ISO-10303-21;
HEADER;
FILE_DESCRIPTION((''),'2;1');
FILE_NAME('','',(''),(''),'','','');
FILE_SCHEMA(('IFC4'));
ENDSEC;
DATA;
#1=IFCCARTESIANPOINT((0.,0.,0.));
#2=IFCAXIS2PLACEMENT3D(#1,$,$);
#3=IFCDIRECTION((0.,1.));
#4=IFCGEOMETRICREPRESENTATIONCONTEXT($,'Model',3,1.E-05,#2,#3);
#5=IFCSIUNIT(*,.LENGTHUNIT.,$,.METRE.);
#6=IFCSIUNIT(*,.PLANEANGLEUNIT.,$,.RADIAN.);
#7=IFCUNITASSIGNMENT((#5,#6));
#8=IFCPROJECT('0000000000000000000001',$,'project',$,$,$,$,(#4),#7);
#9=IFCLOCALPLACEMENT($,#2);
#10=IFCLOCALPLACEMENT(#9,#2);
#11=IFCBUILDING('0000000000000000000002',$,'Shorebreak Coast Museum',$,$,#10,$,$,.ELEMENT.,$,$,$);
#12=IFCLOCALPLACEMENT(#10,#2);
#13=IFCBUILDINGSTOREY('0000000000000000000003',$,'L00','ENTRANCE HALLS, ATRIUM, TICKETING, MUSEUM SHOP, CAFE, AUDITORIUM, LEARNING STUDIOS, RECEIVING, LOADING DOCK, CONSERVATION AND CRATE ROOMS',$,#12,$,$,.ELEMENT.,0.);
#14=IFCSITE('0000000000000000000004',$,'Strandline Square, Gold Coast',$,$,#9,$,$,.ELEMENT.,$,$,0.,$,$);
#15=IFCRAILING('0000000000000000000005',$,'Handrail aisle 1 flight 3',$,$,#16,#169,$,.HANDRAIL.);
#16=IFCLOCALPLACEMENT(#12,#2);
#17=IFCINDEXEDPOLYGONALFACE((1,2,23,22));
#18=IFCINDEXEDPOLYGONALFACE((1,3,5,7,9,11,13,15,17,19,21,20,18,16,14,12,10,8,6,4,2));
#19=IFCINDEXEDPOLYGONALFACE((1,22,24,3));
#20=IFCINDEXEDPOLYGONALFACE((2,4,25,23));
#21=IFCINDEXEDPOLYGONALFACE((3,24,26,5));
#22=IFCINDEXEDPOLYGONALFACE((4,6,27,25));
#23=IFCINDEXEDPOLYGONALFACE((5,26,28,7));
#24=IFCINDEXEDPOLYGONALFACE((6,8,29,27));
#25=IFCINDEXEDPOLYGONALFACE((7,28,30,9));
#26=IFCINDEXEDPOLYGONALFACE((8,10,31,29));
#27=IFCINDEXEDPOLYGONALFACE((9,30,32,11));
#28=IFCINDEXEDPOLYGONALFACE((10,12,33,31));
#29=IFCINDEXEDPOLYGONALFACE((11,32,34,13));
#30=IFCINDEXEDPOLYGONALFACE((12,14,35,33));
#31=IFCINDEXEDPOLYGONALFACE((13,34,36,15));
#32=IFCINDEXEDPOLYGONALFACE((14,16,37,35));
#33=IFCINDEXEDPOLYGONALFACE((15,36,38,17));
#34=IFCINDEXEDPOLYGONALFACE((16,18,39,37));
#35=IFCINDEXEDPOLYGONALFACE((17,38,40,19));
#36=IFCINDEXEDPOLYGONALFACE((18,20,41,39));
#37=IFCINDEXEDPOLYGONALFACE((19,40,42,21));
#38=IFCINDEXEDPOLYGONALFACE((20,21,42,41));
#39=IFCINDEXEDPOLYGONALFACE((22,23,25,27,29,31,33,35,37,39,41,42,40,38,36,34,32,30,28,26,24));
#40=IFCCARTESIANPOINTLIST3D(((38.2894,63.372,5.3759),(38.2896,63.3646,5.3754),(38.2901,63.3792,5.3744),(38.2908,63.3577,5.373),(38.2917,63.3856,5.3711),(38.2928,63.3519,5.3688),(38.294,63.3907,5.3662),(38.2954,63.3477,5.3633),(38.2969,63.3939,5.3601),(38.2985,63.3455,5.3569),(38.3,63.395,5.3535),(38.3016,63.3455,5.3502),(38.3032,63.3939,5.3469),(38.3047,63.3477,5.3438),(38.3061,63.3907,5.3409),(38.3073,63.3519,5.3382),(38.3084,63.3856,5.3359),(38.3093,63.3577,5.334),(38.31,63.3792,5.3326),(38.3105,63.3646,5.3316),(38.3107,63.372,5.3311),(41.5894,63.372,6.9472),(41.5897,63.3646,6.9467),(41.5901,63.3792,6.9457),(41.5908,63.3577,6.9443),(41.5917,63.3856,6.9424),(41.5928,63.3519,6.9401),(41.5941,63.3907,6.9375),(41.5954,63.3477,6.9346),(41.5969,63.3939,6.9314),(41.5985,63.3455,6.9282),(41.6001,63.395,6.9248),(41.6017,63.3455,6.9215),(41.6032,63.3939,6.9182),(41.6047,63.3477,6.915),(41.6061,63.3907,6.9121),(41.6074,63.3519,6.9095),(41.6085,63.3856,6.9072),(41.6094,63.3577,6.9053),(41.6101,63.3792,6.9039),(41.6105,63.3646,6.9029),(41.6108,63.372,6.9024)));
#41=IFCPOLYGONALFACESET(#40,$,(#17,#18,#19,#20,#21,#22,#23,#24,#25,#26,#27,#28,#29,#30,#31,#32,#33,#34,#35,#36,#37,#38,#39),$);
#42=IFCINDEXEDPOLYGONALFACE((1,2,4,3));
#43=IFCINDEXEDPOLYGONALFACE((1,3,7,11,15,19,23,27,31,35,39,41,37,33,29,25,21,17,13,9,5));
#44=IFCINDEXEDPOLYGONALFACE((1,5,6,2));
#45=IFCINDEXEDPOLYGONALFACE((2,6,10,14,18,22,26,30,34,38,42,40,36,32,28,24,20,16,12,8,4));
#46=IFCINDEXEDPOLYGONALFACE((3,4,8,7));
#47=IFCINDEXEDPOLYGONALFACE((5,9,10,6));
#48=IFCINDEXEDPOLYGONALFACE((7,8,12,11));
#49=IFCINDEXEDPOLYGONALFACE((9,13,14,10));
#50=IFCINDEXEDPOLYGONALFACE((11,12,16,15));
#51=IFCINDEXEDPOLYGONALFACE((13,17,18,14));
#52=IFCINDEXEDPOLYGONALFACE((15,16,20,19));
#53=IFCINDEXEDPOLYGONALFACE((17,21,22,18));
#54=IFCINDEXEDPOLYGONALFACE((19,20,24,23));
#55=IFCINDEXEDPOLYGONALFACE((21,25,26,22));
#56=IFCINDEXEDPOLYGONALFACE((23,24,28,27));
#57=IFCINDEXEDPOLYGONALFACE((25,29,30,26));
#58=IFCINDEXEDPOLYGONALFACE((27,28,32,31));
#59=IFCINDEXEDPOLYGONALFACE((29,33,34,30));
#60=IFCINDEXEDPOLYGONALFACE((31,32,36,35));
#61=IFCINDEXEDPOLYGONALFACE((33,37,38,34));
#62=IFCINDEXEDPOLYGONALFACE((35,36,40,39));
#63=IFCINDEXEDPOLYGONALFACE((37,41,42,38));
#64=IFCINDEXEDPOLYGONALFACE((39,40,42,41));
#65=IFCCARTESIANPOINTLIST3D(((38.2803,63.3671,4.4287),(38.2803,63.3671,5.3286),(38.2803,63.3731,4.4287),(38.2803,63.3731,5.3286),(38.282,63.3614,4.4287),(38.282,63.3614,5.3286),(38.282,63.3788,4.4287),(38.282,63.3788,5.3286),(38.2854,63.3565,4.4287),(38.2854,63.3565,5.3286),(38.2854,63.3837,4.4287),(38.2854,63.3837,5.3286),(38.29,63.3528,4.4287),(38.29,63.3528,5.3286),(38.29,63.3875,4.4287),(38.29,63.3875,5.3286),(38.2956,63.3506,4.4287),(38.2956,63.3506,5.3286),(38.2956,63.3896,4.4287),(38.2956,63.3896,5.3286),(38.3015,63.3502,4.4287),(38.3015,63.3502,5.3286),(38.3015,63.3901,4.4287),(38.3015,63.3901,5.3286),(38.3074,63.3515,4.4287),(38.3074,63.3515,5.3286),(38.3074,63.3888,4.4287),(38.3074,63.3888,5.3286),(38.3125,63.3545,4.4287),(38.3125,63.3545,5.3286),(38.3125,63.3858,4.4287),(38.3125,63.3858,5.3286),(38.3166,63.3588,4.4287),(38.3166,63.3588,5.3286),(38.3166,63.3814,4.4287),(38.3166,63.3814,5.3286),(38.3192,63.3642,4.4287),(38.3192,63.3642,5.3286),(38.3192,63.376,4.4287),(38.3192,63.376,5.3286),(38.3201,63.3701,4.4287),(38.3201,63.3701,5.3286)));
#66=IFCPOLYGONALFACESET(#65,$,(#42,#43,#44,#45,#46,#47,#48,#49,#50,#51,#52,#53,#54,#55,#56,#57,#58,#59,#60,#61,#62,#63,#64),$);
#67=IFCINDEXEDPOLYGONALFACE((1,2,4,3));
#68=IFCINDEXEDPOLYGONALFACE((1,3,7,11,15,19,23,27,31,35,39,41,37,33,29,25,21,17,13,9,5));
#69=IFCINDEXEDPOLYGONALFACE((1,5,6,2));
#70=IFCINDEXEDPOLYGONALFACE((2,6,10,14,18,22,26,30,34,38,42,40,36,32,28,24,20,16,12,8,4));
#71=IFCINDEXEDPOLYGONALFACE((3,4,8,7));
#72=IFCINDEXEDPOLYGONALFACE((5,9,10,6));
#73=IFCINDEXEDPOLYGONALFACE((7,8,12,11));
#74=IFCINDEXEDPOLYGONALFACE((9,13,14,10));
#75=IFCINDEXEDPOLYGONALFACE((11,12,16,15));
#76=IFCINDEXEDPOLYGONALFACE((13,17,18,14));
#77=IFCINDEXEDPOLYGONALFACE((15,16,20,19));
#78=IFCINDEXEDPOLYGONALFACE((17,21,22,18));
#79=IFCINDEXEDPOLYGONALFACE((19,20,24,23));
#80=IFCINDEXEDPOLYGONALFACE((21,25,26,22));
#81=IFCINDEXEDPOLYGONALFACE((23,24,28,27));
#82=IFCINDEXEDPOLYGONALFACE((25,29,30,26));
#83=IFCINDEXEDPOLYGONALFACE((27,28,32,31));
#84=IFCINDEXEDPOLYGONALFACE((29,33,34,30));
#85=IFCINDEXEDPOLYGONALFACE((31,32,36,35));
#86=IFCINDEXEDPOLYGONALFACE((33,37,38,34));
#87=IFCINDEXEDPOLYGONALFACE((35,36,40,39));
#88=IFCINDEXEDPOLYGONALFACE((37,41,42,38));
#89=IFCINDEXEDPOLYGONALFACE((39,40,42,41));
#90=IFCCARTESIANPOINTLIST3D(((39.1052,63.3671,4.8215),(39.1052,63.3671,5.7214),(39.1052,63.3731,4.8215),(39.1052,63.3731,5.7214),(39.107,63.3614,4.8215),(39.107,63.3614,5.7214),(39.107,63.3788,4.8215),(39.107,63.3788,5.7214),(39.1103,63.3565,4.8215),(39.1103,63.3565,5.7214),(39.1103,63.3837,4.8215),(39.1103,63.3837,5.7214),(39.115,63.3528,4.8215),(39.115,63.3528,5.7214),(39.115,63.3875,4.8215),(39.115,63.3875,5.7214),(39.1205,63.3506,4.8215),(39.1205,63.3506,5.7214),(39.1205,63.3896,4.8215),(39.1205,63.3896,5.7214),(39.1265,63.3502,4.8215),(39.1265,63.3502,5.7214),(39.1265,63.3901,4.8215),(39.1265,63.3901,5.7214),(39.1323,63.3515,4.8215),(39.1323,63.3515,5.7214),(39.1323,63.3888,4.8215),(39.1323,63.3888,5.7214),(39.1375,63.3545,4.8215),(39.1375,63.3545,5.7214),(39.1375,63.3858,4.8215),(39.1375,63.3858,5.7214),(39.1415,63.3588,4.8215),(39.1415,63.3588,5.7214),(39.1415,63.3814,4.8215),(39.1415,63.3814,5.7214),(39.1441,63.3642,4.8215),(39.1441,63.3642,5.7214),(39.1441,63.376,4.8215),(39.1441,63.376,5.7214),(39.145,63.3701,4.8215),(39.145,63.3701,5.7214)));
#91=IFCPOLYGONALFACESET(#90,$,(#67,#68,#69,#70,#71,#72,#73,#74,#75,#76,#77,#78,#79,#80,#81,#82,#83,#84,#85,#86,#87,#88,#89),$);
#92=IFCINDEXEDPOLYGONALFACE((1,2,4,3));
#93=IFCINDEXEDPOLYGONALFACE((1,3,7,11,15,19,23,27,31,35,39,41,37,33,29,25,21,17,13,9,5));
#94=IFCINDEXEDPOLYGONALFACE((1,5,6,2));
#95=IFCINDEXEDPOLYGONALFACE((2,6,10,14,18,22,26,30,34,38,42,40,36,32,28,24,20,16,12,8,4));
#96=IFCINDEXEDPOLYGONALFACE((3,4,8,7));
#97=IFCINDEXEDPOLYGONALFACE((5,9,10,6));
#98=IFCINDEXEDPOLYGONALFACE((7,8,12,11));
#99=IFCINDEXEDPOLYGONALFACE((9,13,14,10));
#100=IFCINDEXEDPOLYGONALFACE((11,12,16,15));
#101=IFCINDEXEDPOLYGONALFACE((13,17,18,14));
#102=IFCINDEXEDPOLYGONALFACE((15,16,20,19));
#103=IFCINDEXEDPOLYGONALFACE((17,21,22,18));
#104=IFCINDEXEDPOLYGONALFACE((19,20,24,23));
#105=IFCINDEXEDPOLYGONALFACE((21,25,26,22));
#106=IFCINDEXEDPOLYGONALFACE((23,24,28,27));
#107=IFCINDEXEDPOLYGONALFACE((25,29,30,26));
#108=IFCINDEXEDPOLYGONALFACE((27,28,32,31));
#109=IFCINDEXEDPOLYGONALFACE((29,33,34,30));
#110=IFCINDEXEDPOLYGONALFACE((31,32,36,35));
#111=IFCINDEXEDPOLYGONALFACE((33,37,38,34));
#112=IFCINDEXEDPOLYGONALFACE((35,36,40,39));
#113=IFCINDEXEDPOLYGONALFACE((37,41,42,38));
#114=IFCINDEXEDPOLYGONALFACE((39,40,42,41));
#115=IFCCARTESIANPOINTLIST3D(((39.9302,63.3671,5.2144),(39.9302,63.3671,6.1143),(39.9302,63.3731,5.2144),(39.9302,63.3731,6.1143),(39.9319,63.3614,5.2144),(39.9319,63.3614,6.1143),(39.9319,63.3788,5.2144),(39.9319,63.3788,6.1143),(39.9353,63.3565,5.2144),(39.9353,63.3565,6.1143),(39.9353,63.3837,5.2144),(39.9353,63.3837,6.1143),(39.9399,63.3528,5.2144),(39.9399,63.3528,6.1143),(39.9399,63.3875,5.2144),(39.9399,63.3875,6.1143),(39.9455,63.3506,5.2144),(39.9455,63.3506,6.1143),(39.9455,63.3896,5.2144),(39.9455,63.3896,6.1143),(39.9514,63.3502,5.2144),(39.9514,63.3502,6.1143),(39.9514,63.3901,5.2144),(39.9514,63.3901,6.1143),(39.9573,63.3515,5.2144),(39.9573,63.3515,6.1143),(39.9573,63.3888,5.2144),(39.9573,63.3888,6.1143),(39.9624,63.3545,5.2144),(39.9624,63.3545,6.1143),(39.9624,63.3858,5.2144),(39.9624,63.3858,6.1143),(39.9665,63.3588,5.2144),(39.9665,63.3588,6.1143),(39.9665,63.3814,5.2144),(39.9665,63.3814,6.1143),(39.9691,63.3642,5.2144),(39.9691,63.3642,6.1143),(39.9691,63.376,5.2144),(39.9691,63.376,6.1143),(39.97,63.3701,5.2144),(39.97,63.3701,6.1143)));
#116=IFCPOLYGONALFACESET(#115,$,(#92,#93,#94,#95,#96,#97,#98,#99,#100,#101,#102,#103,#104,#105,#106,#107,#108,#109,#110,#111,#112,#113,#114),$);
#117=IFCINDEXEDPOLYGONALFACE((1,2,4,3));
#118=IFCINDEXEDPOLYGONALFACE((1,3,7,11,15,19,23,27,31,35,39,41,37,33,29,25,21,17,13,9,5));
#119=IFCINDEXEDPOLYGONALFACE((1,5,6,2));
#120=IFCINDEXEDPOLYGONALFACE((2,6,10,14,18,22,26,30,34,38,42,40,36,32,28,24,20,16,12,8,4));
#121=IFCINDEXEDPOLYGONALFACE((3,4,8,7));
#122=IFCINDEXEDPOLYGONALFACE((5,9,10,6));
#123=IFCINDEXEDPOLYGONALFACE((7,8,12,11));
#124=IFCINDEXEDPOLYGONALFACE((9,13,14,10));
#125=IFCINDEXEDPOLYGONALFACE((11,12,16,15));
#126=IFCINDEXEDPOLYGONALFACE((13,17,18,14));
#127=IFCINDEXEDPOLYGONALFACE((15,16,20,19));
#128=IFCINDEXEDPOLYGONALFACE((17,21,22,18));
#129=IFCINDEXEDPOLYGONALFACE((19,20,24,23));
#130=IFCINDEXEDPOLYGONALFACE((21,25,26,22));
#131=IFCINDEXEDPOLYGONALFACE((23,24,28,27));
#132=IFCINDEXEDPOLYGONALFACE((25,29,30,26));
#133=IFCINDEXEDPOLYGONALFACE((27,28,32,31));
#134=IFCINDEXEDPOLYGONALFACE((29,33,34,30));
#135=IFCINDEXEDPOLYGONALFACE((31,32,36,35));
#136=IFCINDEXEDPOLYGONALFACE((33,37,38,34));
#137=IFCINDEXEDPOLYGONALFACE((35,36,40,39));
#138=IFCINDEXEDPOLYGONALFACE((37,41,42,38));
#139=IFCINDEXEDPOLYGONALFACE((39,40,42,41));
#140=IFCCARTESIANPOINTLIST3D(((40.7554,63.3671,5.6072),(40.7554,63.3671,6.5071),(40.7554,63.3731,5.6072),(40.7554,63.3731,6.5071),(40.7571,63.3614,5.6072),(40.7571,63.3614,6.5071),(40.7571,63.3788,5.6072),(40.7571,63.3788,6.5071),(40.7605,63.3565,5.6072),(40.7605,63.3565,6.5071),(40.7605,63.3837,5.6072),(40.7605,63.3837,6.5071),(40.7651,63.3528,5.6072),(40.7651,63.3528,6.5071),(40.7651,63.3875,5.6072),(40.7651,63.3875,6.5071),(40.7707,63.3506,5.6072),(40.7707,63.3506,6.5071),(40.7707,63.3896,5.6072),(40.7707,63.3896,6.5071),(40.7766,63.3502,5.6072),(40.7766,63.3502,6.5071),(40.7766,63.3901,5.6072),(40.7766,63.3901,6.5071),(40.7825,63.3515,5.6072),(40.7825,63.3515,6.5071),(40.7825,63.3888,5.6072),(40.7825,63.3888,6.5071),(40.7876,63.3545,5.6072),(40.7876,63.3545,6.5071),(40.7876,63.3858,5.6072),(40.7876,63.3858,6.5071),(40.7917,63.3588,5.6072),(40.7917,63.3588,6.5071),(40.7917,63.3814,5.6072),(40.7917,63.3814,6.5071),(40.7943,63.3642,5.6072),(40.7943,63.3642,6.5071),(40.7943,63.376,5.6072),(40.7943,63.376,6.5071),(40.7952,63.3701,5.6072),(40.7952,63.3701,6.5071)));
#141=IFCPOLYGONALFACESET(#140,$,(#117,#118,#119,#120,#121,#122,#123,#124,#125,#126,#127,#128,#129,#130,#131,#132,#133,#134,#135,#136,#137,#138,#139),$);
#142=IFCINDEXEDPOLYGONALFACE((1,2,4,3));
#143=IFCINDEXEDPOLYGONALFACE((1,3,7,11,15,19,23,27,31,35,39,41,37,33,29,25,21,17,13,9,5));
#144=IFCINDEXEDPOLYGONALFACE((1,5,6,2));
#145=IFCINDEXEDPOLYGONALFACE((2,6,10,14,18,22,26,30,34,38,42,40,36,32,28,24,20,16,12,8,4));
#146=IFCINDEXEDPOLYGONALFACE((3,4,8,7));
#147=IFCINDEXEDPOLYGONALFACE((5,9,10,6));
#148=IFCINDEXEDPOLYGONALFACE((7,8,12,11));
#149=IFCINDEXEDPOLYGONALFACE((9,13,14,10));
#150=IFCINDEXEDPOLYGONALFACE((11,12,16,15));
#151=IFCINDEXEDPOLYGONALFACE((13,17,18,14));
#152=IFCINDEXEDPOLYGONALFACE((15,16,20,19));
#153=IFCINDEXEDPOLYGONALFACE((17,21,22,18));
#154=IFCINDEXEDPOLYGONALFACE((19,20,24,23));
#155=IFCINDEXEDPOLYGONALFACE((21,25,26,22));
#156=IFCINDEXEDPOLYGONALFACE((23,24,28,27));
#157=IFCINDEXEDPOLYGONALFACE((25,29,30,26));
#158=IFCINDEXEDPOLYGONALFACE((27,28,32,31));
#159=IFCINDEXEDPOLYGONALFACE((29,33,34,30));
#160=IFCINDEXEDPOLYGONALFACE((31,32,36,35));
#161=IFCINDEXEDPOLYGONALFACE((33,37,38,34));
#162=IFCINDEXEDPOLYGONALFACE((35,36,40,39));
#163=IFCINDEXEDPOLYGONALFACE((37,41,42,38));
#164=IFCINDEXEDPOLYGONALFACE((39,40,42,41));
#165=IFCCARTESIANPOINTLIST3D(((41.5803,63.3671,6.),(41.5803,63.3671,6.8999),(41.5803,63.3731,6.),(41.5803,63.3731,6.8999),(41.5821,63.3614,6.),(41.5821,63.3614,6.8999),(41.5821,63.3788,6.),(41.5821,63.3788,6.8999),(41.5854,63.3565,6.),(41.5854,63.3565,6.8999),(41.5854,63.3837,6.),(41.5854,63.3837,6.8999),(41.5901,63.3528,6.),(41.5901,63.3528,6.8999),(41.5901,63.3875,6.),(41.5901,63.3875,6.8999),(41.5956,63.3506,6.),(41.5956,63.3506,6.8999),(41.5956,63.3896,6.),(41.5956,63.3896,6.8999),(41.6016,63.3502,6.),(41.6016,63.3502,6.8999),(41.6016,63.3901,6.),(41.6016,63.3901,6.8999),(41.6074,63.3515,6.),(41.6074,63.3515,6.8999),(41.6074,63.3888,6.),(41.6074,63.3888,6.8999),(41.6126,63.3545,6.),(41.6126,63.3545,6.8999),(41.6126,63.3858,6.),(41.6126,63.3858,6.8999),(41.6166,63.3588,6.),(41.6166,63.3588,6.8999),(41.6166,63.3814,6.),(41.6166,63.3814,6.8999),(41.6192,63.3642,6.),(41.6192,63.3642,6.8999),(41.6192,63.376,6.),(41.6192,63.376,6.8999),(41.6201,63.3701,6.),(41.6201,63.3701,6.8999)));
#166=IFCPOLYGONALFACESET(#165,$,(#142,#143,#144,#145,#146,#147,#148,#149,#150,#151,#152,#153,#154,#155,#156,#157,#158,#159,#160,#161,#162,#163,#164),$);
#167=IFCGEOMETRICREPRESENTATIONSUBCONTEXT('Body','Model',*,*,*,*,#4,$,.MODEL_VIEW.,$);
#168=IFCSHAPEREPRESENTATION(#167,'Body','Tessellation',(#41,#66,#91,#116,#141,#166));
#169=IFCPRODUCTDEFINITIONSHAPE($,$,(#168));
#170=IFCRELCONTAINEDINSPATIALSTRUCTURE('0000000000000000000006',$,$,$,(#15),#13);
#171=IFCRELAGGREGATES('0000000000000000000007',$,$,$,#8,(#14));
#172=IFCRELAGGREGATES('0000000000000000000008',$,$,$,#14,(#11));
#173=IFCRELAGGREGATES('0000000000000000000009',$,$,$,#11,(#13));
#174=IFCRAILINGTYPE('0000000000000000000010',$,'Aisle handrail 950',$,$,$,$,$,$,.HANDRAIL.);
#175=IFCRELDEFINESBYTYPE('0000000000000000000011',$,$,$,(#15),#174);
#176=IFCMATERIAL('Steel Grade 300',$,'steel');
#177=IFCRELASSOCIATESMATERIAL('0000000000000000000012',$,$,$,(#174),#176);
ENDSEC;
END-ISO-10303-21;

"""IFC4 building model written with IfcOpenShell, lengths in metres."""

from ifc_helpers import new_model, si_unit, direction, frame, origin, origin_2d, place, context, subcontext, project, spatial, circle, extrude, material, type_object, element, save


model = new_model("IFC4")

# Units and contexts
model_context = context("Model", 3, precision=1e-05, world=origin(), true_north=direction((0.0, 1.0)))
body_context = subcontext(model_context, "Body", "Model", "MODEL_VIEW")
ifc_project = project(units=[si_unit("LENGTHUNIT", "METRE"), si_unit("PLANEANGLEUNIT", "RADIAN")], contexts=[model_context])

# Site, building, storey
site_placement = place(None, origin())
site = spatial("IfcSite", under=ifc_project, at=site_placement, Name="Strandline Square, Gold Coast", CompositionType="ELEMENT", RefElevation=0.0)
building_placement = place(site_placement, origin())
building = spatial("IfcBuilding", under=site, at=building_placement, Name="Shorebreak Coast Museum", CompositionType="ELEMENT")
storey_placement = place(building_placement, origin())
storey = spatial("IfcBuildingStorey", under=building, at=storey_placement, Name="L00", Description="ENTRANCE HALLS, ATRIUM, TICKETING, MUSEUM SHOP, CAFE, AUDITORIUM, LEARNING STUDIOS, RECEIVING, LOADING DOCK, CONSERVATION AND CRATE ROOMS", CompositionType="ELEMENT", Elevation=0.0)

# Railing
ifc_material_1 = material(Name="Steel Grade 300", Category="steel")
railing_type = type_object("IfcRailingType", Name="Aisle handrail 950", PredefinedType="HANDRAIL", material=ifc_material_1)
railing_placement = place(storey_placement, frame((38.3, 63.3701, 4.4287)))
element("IfcRailing", 1, at=railing_placement, inside=storey, type_object=railing_type, Name="Handrail aisle 1 flight 3", PredefinedType="HANDRAIL", context=body_context, shape_type="SweptSolid", body=[
    extrude(circle(Radius=0.0249, at=origin_2d()), frame((0.0, 0.0, 0.9248), z_axis=(0.902878, 0.0, 0.429897), x_axis=(0.0, 1.0, 0.0)), (0.0, 0.0, 1.0), 3.655),
    extrude(circle(Radius=0.02, at=origin_2d()), origin(), (0.0, 0.0, 1.0), 0.8999),
    extrude(circle(Radius=0.02, at=origin_2d()), frame((0.825, 0.0, 0.3928)), (0.0, 0.0, 1.0), 0.8999),
    extrude(circle(Radius=0.02, at=origin_2d()), frame((1.6499, 0.0, 0.7856)), (0.0, 0.0, 1.0), 0.8999),
    extrude(circle(Radius=0.02, at=origin_2d()), frame((2.4751, 0.0, 1.1785)), (0.0, 0.0, 1.0), 0.8999),
    extrude(circle(Radius=0.02, at=origin_2d()), frame((3.3, 0.0, 1.5713)), (0.0, 0.0, 1.0), 0.8999),
])

save(model, "model.ifc")
